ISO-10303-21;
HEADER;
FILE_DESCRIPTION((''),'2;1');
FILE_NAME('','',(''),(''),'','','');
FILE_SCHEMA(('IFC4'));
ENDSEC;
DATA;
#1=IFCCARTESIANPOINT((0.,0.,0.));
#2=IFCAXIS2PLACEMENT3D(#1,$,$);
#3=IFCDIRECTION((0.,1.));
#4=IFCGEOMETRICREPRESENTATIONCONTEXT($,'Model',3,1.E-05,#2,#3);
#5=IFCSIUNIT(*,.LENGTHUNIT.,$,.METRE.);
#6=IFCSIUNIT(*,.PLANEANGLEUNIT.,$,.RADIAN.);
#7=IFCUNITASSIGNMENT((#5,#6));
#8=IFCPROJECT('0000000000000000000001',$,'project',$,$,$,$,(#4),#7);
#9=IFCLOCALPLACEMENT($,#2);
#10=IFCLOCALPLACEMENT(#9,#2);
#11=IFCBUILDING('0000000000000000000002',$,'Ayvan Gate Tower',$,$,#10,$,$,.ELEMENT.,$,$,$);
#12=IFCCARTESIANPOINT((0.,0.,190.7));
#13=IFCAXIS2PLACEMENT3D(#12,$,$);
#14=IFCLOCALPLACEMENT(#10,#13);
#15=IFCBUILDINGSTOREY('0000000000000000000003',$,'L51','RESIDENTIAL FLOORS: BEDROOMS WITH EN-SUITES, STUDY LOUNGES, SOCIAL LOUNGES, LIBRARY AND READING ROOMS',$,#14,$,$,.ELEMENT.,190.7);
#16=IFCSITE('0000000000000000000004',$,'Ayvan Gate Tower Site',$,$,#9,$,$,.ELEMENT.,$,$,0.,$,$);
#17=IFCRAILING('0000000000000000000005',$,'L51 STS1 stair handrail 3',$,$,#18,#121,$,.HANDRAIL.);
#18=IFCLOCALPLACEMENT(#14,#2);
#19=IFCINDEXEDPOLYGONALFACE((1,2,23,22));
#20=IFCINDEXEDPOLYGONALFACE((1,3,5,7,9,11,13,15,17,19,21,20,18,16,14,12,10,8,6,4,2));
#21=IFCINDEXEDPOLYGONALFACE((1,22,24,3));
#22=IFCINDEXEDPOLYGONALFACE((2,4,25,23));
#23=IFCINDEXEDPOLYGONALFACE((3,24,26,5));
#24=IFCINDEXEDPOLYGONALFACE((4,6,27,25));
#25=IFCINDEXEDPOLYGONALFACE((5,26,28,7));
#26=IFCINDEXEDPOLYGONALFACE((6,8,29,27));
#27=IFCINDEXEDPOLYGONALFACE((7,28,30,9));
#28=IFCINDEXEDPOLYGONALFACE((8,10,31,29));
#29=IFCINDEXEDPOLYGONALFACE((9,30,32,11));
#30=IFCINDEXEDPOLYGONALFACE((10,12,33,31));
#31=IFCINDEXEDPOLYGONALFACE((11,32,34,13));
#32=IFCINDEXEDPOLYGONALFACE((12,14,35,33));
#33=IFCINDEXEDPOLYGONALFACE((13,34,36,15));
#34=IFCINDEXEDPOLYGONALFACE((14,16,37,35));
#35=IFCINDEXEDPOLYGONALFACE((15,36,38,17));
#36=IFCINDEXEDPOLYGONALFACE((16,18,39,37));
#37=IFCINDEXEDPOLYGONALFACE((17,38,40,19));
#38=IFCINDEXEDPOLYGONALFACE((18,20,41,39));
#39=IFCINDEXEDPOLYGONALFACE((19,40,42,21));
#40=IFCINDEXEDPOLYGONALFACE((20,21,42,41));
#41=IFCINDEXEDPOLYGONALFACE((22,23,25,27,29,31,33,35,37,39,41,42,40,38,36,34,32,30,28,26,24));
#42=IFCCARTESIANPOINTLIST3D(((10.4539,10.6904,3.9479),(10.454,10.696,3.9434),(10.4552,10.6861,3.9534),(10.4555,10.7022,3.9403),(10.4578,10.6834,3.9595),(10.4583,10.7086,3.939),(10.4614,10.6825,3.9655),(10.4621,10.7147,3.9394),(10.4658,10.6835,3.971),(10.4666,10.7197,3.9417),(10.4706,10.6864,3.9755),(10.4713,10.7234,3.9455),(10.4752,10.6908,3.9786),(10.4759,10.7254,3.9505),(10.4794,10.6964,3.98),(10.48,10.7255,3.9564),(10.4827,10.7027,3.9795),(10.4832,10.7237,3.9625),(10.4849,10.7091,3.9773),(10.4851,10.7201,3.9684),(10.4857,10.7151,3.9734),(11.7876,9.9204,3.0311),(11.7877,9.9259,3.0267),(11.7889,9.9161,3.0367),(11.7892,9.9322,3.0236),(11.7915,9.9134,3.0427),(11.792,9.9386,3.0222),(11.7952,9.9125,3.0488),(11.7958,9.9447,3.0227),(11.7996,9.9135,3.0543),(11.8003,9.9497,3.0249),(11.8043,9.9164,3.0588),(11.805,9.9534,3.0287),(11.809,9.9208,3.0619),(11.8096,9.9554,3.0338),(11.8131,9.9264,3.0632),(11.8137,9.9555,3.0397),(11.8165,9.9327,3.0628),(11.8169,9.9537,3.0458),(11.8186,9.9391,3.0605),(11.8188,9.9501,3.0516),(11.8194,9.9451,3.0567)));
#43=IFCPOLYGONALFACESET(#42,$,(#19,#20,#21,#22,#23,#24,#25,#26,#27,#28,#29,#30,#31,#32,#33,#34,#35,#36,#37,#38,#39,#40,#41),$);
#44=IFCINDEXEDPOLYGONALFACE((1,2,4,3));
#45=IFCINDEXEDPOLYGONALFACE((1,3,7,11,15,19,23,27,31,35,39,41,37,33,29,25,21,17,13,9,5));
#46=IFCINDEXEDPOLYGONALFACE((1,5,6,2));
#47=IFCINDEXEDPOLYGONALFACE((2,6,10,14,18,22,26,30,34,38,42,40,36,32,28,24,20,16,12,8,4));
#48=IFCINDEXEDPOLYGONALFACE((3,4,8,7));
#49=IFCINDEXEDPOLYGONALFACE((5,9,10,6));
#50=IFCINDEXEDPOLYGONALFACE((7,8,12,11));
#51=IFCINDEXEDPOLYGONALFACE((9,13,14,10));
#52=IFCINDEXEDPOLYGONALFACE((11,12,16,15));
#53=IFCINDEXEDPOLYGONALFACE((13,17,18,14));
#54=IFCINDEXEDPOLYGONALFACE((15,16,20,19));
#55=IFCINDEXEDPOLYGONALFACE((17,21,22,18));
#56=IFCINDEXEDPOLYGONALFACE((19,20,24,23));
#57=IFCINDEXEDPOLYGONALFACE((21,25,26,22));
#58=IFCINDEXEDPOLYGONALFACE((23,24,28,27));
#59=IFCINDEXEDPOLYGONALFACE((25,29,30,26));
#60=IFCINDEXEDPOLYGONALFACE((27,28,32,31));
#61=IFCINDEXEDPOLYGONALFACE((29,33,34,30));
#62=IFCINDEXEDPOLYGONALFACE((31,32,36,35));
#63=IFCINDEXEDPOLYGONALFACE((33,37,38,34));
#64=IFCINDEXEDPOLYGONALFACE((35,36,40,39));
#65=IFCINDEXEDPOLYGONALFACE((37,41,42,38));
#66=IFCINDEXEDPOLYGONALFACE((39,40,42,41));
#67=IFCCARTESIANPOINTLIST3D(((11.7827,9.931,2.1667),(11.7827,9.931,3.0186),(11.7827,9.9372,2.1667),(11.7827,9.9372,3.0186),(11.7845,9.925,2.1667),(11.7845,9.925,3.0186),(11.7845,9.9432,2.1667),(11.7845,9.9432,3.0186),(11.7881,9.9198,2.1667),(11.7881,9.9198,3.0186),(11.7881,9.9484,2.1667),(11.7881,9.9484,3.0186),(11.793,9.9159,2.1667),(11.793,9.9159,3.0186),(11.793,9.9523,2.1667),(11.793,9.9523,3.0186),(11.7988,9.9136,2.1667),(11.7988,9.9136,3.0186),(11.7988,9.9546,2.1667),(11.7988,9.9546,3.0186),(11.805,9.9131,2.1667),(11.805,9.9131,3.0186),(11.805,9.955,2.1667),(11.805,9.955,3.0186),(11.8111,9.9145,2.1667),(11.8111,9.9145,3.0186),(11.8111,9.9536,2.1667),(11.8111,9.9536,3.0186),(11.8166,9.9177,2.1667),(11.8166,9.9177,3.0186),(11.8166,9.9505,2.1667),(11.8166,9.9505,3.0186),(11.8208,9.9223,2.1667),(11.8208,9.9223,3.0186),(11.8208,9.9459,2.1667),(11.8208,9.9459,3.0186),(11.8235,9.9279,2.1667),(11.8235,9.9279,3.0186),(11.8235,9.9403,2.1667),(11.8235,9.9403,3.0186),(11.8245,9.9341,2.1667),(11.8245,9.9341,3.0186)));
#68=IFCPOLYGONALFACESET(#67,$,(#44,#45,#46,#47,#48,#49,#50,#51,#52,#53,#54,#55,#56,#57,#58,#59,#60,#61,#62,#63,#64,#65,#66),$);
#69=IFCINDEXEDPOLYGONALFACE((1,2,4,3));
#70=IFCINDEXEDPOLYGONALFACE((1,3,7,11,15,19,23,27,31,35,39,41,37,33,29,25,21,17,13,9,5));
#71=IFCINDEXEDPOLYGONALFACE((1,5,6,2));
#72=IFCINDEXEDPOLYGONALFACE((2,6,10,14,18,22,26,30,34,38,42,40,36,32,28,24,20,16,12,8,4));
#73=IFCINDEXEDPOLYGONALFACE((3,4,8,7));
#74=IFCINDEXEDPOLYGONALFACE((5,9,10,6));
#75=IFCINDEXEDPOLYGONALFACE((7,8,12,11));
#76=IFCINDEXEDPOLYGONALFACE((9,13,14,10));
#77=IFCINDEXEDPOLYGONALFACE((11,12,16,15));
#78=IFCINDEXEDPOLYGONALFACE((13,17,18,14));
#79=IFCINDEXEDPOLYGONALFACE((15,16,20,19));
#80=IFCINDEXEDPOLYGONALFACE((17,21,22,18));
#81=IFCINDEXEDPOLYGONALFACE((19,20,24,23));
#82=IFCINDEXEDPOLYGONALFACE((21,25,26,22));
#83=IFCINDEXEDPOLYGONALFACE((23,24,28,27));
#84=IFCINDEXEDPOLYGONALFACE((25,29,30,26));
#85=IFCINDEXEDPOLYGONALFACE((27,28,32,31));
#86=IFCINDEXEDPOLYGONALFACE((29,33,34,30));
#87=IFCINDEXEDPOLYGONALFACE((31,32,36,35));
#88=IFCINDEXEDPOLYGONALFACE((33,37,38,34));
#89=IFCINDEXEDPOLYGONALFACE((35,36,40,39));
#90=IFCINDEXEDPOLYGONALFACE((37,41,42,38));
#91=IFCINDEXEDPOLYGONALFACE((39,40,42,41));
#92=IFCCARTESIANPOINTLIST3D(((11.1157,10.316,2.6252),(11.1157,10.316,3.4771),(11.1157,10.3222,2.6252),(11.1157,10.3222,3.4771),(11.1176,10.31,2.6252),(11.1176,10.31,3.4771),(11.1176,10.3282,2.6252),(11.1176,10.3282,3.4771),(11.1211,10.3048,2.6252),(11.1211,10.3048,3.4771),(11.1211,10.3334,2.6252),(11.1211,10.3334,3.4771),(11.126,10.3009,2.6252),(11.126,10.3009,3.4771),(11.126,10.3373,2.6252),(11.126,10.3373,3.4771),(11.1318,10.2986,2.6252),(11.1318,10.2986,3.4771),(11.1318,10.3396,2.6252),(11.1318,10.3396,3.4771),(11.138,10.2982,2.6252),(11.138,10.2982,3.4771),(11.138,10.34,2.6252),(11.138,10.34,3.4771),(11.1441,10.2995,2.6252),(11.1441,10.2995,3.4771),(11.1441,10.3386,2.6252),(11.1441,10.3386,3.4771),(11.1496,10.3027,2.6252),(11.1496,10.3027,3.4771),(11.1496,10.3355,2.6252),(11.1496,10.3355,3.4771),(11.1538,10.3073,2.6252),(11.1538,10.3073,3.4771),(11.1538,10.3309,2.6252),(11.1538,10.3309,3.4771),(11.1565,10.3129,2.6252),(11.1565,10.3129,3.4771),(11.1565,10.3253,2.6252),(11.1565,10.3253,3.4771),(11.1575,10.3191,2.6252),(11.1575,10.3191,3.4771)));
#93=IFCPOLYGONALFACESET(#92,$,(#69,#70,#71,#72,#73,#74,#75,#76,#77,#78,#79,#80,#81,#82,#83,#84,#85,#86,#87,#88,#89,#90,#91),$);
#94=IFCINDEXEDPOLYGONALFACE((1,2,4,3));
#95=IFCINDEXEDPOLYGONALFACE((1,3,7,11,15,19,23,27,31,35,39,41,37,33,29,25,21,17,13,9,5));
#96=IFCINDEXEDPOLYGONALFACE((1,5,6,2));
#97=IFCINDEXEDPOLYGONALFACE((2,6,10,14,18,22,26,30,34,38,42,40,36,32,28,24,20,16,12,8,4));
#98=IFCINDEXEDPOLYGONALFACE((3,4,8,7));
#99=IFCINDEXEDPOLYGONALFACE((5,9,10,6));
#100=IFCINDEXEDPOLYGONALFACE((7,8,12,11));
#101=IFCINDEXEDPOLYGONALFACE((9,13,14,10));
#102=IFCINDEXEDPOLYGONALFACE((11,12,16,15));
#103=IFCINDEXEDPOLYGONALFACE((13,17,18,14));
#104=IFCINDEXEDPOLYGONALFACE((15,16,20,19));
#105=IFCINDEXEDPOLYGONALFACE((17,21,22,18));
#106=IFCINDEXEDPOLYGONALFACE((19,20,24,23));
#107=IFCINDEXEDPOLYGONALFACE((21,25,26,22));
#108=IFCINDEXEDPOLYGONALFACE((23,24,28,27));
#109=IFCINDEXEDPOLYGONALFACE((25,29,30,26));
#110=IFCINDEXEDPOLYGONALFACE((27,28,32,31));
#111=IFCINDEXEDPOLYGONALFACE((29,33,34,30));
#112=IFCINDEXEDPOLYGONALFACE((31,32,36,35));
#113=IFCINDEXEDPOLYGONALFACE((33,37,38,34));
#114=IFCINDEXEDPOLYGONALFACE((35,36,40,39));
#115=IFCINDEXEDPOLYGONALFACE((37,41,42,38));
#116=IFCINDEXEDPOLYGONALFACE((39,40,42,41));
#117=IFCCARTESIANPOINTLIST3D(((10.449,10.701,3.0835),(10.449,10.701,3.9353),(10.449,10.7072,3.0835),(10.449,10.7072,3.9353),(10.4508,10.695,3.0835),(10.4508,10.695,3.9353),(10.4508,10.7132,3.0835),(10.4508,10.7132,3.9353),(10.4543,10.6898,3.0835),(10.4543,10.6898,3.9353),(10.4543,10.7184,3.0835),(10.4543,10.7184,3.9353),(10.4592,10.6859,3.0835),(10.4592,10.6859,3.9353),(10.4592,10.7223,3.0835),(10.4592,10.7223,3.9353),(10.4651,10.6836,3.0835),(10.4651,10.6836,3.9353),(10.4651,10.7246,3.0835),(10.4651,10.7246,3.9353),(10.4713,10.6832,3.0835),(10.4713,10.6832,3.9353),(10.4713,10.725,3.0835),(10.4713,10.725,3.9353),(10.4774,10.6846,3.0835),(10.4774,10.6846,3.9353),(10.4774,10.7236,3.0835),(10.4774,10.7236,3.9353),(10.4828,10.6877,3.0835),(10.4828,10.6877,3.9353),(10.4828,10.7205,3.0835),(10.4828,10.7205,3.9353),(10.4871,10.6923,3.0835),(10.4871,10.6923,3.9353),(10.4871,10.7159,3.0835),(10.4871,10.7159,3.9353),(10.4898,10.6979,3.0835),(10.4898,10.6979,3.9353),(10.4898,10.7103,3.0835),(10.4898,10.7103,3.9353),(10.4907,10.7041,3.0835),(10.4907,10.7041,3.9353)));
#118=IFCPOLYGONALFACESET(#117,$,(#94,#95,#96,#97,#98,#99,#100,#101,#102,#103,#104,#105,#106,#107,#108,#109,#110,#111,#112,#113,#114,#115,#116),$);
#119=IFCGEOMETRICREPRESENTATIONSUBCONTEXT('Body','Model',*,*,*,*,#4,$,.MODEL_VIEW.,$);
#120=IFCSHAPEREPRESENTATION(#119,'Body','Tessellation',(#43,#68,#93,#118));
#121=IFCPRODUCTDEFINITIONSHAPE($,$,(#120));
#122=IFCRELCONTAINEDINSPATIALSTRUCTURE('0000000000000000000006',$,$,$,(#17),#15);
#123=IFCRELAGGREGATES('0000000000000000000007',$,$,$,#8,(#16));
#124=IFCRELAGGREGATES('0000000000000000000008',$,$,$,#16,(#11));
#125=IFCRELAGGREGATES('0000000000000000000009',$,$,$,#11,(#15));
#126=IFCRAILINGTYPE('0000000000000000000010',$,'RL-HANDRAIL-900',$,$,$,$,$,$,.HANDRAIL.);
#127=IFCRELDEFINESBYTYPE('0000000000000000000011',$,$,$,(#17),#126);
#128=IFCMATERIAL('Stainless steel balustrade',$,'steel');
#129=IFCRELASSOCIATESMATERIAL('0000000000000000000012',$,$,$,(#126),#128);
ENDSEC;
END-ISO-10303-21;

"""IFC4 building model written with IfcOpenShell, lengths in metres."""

from ifc_helpers import new_model, si_unit, direction, frame, origin, origin_2d, place, context, subcontext, project, spatial, circle, extrude, material, type_object, element, save


model = new_model("IFC4")

# Units and contexts
model_context = context("Model", 3, precision=1e-05, world=origin(), true_north=direction((0.0, 1.0)))
body_context = subcontext(model_context, "Body", "Model", "MODEL_VIEW")
ifc_project = project(units=[si_unit("LENGTHUNIT", "METRE"), si_unit("PLANEANGLEUNIT", "RADIAN")], contexts=[model_context])

# Site, building, storey
site_placement = place(None, origin())
site = spatial("IfcSite", under=ifc_project, at=site_placement, Name="Ayvan Gate Tower Site", CompositionType="ELEMENT", RefElevation=0.0)
building_placement = place(site_placement, origin())
building = spatial("IfcBuilding", under=site, at=building_placement, Name="Ayvan Gate Tower", CompositionType="ELEMENT")
storey_placement = place(building_placement, frame((0.0, 0.0, 190.7)))
storey = spatial("IfcBuildingStorey", under=building, at=storey_placement, Name="L51", Description="RESIDENTIAL FLOORS: BEDROOMS WITH EN-SUITES, STUDY LOUNGES, SOCIAL LOUNGES, LIBRARY AND READING ROOMS", CompositionType="ELEMENT", Elevation=190.7)

# Railing
ifc_material_1 = material(Name="Stainless steel balustrade", Category="steel")
railing_type_1 = type_object("IfcRailingType", Name="RL-HANDRAIL-900", PredefinedType="HANDRAIL", material=ifc_material_1)
railing_1_placement = place(storey_placement, frame((11.8035, 9.9341, 2.1667)))
element("IfcRailing", 1, at=railing_1_placement, inside=storey, type_object=railing_type_1, Name="L51 STS1 stair handrail 3", PredefinedType="HANDRAIL", context=body_context, shape_type="SweptSolid", body=[
    extrude(circle(Radius=0.0239, at=origin_2d()), frame((0.0, 0.0, 0.876), z_axis=(-0.744164, 0.429634, 0.511502), x_axis=(-0.499992, -0.86603, 0.0)), (0.0, 0.0, 1.0), 1.7922),
    extrude(circle(Radius=0.021, at=origin_2d()), origin(), (0.0, 0.0, 1.0), 0.8518),
    extrude(circle(Radius=0.021, at=origin_2d()), frame((-0.667, 0.385, 0.4585)), (0.0, 0.0, 1.0), 0.8518),
    extrude(circle(Radius=0.021, at=origin_2d()), frame((-1.3337, 0.77, 0.9167)), (0.0, 0.0, 1.0), 0.8518),
])

save(model, "model.ifc")
